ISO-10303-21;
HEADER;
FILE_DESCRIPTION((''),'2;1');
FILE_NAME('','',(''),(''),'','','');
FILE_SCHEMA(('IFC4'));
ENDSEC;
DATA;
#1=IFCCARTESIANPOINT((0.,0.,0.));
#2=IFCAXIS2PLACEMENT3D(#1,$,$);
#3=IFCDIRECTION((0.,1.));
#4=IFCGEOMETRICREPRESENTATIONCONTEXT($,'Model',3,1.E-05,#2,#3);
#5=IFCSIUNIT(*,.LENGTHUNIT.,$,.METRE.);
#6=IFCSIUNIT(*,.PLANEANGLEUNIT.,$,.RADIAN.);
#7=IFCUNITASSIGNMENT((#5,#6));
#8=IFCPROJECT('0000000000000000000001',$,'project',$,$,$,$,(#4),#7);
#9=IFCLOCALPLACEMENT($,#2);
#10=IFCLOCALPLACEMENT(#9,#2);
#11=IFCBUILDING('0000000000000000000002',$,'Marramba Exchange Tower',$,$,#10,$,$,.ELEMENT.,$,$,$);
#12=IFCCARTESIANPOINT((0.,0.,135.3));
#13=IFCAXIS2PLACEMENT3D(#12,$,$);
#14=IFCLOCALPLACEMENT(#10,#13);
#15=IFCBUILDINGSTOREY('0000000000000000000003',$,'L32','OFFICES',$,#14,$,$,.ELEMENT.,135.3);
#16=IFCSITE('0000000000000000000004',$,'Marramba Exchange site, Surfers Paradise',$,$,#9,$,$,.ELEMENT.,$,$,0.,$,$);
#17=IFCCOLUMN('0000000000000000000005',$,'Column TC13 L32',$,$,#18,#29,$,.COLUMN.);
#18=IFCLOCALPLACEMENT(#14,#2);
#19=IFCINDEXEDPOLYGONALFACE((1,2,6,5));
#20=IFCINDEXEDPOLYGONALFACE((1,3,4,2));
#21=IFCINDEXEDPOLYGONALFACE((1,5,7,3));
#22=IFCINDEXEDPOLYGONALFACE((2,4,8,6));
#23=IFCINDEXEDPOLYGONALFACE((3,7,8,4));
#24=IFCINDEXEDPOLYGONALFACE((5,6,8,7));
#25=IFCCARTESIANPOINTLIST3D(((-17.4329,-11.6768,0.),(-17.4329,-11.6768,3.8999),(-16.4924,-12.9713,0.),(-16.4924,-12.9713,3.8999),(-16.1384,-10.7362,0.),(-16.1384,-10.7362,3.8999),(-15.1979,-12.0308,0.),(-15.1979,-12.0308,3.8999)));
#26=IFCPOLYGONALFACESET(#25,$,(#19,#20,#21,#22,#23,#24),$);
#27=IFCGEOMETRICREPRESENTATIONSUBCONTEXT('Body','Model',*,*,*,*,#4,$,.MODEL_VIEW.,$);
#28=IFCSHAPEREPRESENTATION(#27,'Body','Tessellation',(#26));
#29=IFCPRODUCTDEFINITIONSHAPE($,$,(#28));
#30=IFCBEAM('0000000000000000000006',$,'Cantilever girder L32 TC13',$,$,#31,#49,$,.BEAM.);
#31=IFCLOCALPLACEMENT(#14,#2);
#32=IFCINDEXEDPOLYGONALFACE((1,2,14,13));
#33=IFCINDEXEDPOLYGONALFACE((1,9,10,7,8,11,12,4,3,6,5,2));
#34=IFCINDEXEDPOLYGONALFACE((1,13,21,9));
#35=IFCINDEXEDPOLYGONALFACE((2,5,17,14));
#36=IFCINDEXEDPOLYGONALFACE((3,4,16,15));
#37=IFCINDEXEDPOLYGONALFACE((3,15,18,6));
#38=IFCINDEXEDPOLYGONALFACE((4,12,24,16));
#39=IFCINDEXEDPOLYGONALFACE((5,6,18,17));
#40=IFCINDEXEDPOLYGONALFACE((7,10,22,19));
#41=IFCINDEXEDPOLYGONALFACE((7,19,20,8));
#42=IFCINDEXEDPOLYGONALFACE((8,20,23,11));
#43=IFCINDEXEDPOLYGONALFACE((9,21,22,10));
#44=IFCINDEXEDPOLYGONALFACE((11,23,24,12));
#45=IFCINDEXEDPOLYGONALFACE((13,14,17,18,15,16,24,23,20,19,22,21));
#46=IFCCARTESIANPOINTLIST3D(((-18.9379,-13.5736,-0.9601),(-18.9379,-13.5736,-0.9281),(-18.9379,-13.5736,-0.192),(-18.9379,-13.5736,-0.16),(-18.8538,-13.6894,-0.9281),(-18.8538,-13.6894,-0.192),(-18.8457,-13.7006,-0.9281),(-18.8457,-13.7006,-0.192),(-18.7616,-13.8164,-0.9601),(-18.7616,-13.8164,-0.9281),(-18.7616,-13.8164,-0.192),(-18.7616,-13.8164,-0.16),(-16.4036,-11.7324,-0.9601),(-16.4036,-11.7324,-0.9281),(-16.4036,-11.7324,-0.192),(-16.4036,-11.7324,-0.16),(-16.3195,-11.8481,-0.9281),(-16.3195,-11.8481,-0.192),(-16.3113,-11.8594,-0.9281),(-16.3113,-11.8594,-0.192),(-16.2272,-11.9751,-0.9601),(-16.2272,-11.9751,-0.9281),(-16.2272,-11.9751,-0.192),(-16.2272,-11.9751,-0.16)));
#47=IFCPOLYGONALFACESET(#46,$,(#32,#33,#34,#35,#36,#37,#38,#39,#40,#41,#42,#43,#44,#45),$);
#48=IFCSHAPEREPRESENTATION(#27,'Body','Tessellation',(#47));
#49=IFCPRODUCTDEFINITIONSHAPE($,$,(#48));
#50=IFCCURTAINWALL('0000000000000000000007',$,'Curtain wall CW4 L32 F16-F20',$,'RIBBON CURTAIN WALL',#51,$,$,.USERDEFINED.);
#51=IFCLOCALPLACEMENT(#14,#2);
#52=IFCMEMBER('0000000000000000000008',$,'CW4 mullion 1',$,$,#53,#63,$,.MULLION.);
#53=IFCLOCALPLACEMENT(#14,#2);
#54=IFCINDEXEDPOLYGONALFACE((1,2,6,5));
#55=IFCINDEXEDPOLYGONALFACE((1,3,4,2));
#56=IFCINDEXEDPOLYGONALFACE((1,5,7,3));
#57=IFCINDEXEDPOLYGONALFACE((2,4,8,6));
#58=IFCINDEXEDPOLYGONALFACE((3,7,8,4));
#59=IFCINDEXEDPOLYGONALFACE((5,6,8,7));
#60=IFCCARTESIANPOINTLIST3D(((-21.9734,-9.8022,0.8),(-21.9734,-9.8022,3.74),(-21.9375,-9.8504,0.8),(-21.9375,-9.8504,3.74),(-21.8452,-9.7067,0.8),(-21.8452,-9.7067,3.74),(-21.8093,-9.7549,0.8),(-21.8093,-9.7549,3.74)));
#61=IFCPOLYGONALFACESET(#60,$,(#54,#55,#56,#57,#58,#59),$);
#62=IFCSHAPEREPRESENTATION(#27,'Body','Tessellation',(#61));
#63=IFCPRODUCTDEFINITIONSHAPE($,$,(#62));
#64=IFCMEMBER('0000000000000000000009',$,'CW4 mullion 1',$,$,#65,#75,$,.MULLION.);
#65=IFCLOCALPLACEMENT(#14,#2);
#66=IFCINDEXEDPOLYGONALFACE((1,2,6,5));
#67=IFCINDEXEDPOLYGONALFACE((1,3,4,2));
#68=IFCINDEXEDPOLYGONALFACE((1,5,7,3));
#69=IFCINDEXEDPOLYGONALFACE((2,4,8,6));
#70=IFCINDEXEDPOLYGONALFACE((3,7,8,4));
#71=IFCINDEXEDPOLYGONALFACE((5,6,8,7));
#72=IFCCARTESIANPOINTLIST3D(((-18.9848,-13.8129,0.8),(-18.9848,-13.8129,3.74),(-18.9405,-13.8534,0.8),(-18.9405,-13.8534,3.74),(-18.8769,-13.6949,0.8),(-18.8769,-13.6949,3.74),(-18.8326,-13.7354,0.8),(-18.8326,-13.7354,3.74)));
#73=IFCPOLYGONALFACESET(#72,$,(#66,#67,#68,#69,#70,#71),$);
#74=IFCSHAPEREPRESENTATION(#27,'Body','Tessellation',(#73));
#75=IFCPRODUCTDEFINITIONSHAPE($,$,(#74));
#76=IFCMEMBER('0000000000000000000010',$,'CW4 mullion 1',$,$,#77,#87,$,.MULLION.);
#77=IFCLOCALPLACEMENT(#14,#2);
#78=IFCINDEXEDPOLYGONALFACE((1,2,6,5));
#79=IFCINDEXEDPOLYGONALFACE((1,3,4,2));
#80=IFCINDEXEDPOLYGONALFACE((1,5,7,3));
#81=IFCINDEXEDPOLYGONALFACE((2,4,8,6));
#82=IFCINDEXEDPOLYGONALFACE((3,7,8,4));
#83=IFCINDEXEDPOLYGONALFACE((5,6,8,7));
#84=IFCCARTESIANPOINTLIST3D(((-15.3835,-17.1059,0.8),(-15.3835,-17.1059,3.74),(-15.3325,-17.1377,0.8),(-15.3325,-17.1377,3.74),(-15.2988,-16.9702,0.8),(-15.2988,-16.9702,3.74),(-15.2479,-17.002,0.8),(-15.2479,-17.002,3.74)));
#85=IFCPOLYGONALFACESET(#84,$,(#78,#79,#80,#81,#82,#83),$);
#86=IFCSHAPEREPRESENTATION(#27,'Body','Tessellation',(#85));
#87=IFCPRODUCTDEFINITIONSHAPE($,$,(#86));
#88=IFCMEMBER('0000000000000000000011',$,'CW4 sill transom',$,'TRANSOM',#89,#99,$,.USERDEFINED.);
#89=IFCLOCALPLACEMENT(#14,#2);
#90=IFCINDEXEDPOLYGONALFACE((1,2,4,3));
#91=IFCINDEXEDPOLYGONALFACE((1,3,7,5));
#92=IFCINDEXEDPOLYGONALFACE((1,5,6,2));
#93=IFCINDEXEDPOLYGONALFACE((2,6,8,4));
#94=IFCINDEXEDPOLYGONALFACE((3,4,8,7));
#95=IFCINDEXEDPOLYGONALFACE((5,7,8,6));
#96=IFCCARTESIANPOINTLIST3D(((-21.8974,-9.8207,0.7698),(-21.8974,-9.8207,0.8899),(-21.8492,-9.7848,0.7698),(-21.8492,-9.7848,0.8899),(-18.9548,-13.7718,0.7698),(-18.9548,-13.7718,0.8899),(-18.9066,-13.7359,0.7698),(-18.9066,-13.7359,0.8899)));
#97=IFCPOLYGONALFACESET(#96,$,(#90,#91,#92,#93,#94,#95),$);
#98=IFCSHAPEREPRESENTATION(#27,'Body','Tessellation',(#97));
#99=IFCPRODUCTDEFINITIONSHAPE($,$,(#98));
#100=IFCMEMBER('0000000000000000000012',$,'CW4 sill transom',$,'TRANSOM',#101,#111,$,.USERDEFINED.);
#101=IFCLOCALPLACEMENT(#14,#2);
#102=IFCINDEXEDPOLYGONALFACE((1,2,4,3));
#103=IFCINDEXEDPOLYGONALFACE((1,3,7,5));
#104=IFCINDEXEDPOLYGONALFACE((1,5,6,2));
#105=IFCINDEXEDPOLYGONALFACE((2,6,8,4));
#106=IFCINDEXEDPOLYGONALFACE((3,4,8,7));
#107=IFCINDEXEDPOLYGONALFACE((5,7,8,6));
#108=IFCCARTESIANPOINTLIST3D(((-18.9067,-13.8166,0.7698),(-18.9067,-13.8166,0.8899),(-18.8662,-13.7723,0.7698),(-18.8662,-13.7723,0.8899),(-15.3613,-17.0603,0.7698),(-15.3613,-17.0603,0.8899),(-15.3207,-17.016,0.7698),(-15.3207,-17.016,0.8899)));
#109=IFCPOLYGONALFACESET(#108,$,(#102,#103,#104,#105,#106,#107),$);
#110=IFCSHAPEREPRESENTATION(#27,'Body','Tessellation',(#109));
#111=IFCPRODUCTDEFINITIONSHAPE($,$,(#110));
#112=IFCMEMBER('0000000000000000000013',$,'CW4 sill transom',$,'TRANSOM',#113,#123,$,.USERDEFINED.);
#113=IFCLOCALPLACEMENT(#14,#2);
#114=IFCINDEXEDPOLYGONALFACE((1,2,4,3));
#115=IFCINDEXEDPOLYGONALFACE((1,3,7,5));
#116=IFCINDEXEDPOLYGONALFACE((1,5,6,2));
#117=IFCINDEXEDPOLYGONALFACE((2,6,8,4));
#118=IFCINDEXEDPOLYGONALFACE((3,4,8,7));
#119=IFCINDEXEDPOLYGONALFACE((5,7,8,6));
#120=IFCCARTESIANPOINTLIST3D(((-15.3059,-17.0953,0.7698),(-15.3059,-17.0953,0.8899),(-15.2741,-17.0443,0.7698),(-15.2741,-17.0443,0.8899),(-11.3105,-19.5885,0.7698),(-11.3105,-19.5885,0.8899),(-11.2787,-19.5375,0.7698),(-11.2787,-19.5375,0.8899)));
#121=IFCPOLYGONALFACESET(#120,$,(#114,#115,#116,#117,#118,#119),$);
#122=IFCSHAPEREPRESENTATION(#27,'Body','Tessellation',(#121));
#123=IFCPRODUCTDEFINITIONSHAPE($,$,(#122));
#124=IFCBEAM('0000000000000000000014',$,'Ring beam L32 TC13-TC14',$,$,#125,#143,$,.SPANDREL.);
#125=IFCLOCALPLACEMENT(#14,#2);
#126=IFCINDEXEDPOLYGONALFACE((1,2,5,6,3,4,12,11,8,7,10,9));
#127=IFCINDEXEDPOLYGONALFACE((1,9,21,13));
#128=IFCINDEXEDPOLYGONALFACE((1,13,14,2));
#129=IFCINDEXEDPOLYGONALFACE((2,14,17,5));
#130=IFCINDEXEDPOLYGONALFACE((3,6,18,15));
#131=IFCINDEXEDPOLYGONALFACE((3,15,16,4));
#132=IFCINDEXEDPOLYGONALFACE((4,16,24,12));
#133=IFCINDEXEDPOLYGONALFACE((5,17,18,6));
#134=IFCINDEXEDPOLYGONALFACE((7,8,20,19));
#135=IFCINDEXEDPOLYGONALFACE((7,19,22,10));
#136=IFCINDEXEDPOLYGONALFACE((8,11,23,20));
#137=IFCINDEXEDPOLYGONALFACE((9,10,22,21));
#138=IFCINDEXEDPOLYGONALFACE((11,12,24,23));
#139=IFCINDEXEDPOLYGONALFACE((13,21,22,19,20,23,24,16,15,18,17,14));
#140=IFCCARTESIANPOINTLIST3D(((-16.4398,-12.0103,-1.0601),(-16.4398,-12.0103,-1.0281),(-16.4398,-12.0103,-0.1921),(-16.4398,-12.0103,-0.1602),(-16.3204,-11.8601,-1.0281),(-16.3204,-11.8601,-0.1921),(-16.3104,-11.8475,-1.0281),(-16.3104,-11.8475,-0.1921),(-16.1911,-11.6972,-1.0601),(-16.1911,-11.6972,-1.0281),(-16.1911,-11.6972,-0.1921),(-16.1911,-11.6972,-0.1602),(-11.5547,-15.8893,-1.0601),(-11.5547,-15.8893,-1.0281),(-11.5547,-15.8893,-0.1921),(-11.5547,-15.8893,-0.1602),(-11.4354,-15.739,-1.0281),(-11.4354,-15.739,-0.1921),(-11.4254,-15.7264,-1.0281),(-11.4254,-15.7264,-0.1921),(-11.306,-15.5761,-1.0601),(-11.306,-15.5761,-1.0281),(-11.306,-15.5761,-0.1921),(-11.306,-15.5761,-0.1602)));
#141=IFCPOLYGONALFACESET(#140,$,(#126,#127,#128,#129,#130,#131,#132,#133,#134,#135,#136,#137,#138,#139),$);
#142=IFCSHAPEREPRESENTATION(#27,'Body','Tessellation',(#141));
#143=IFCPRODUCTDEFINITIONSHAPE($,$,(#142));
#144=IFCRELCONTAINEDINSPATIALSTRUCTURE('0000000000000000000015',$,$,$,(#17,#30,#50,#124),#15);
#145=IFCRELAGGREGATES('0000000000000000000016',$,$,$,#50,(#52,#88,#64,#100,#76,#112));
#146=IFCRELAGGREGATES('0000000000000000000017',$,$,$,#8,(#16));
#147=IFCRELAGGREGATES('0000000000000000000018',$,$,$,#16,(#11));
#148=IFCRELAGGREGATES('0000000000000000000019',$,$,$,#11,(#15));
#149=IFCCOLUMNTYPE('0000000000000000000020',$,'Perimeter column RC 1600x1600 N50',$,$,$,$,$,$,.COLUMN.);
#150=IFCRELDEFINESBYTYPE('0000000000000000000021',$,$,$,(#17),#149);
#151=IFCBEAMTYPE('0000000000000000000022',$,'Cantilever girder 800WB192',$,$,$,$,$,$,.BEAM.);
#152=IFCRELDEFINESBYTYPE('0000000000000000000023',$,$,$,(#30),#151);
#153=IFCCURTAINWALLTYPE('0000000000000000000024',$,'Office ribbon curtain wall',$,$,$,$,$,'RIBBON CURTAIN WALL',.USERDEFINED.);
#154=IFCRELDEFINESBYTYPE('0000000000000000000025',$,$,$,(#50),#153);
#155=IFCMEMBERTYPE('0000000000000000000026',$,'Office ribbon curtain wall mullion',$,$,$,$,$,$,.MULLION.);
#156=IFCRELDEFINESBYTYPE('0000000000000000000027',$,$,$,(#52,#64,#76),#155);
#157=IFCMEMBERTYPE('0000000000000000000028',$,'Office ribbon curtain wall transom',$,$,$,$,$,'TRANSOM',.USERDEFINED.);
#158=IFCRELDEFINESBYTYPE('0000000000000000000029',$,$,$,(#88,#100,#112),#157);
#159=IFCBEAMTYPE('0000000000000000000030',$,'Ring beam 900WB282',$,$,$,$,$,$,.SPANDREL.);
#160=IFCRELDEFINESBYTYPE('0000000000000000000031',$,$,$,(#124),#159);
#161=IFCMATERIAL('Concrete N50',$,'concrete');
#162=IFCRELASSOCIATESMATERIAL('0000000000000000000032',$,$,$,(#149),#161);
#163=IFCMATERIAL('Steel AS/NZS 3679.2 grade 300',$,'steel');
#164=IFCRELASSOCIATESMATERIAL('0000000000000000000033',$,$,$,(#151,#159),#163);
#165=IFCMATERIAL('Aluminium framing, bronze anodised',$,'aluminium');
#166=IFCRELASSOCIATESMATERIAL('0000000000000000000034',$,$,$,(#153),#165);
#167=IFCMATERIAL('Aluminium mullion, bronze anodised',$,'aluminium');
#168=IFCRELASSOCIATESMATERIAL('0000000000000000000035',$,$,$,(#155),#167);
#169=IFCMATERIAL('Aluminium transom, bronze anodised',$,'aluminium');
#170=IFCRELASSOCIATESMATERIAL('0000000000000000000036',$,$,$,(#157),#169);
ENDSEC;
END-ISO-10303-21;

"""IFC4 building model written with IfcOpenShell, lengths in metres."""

from ifc_helpers import new_model, si_unit, direction, frame, origin, origin_2d, place, context, subcontext, project, spatial, rectangle, i_section, extrude, material, material_profile, profile_set, type_object, element, aggregate, save


model = new_model("IFC4")

# Units and contexts
model_context = context("Model", 3, precision=1e-05, world=origin(), true_north=direction((0.0, 1.0)))
body_context = subcontext(model_context, "Body", "Model", "MODEL_VIEW")
ifc_project = project(units=[si_unit("LENGTHUNIT", "METRE"), si_unit("PLANEANGLEUNIT", "RADIAN")], contexts=[model_context])

# Site, building, storey
site_placement = place(None, origin())
site = spatial("IfcSite", under=ifc_project, at=site_placement, Name="Marramba Exchange site, Surfers Paradise", CompositionType="ELEMENT", RefElevation=0.0)
building_placement = place(site_placement, origin())
building = spatial("IfcBuilding", under=site, at=building_placement, Name="Marramba Exchange Tower", CompositionType="ELEMENT")
storey_placement = place(building_placement, frame((0.0, 0.0, 135.3)))
storey = spatial("IfcBuildingStorey", under=building, at=storey_placement, Name="L32", Description="OFFICES", CompositionType="ELEMENT", Elevation=135.3)

# Column
ifc_material_1 = material(Name="Concrete N50", Category="concrete")
ifc_material_profile_1 = material_profile(ifc_material_1, rectangle(XDim=1.6001, YDim=1.6001, at=origin_2d()), Name="RC 1600x1600")
ifc_profile_set_1 = profile_set([ifc_material_profile_1], Name="Concrete N50")
column_type = type_object("IfcColumnType", Name="Perimeter column RC 1600x1600 N50", PredefinedType="COLUMN", material=ifc_profile_set_1)
column_placement = place(storey_placement, frame((-16.3154, -11.8538, 0.0), z_axis=(0.0, 0.0, 1.0), x_axis=(-0.809017, -0.587785, 0.0)))
element("IfcColumn", 1, at=column_placement, inside=storey, type_object=column_type, Name="Column TC13 L32", PredefinedType="COLUMN", context=body_context, shape_type="SweptSolid", body=[
    extrude(rectangle(XDim=1.6001, YDim=1.6001, at=origin_2d()), origin(), (0.0, 0.0, 1.0), 3.8999),
])

# Beam
ifc_material_2 = material(Name="Steel AS/NZS 3679.2 grade 300", Category="steel")
ifc_material_profile_2 = material_profile(ifc_material_2, i_section(OverallWidth=0.3, OverallDepth=0.8, WebThickness=0.0139, FlangeThickness=0.032, at=origin_2d()), Name="800WB192")
ifc_profile_set_2 = profile_set([ifc_material_profile_2], Name="Steel AS/NZS 3679.2 grade 300")
beam_type_1 = type_object("IfcBeamType", Name="Cantilever girder 800WB192", PredefinedType="BEAM", material=ifc_profile_set_2)
beam_1_placement = place(storey_placement, frame((-16.3154, -11.8538, -0.5601), z_axis=(-0.809026, -0.587773, 0.0), x_axis=(0.587773, -0.809026, 0.0)))
element("IfcBeam", 2, at=beam_1_placement, inside=storey, type_object=beam_type_1, Name="Cantilever girder L32 TC13", PredefinedType="BEAM", context=body_context, shape_type="SweptSolid", body=[
    extrude(i_section(OverallWidth=0.3, OverallDepth=0.8, WebThickness=0.0139, FlangeThickness=0.032, at=origin_2d()), origin(), (0.0, 0.0, 1.0), 3.1326),
])

# Curtain wall, members
ifc_material_3 = material(Name="Aluminium framing, bronze anodised", Category="aluminium")
curtain_wall_type = type_object("IfcCurtainWallType", Name="Office ribbon curtain wall", ElementType="RIBBON CURTAIN WALL", PredefinedType="USERDEFINED", material=ifc_material_3)
curtain_wall_placement = place(storey_placement, origin())
curtain_wall = element("IfcCurtainWall", 3, at=curtain_wall_placement, inside=storey, type_object=curtain_wall_type, Name="Curtain wall CW4 L32 F16-F20", ObjectType="RIBBON CURTAIN WALL", PredefinedType="USERDEFINED")
ifc_material_4 = material(Name="Aluminium mullion, bronze anodised", Category="aluminium")
ifc_material_profile_3 = material_profile(ifc_material_4, rectangle(XDim=0.1599, YDim=0.0601, at=origin_2d()), Name="CW4 mullion 60x160")
ifc_profile_set_3 = profile_set([ifc_material_profile_3], Name="Aluminium mullion, bronze anodised")
member_type_1 = type_object("IfcMemberType", Name="Office ribbon curtain wall mullion", PredefinedType="MULLION", material=ifc_profile_set_3)
member_1_placement = place(storey_placement, frame((-21.8914, -9.7786, 0.8), z_axis=(0.0, 0.0, 1.0), x_axis=(0.802014, 0.597305, 0.0)))
member_1 = element("IfcMember", 4, at=member_1_placement, type_object=member_type_1, Name="CW4 mullion 1", PredefinedType="MULLION", context=body_context, shape_type="SweptSolid", body=[
    extrude(rectangle(XDim=0.1599, YDim=0.0601, at=origin_2d()), origin(), (0.0, 0.0, 1.0), 2.9399),
])
member_2_placement = place(storey_placement, frame((-18.9087, -13.7742, 0.8), z_axis=(0.0, 0.0, 1.0), x_axis=(0.674995, 0.737822, 0.0)))
member_2 = element("IfcMember", 5, at=member_2_placement, type_object=member_type_1, Name="CW4 mullion 1", PredefinedType="MULLION", context=body_context, shape_type="SweptSolid", body=[
    extrude(rectangle(XDim=0.1599, YDim=0.0601, at=origin_2d()), origin(), (0.0, 0.0, 1.0), 2.9399),
])
member_3_placement = place(storey_placement, frame((-15.3157, -17.054, 0.8), z_axis=(0.0, 0.0, 1.0), x_axis=(0.529428, 0.848355, 0.0)))
member_3 = element("IfcMember", 6, at=member_3_placement, type_object=member_type_1, Name="CW4 mullion 1", PredefinedType="MULLION", context=body_context, shape_type="SweptSolid", body=[
    extrude(rectangle(XDim=0.1599, YDim=0.0601, at=origin_2d()), origin(), (0.0, 0.0, 1.0), 2.9399),
])
ifc_material_5 = material(Name="Aluminium transom, bronze anodised", Category="aluminium")
ifc_material_profile_4 = material_profile(ifc_material_5, rectangle(XDim=0.0601, YDim=0.1201, at=origin_2d()), Name="CW4 transom 60x120")
ifc_profile_set_4 = profile_set([ifc_material_profile_4], Name="Aluminium transom, bronze anodised")
member_type_2 = type_object("IfcMemberType", Name="Office ribbon curtain wall transom", ElementType="TRANSOM", PredefinedType="USERDEFINED", material=ifc_profile_set_4)
member_4_placement = place(storey_placement, frame((-21.8733, -9.8027, 0.8298), z_axis=(0.597301, -0.802017, 0.0), x_axis=(0.802017, 0.597301, 0.0)))
member_4 = element("IfcMember", 7, at=member_4_placement, type_object=member_type_2, Name="CW4 sill transom", ObjectType="TRANSOM", PredefinedType="USERDEFINED", context=body_context, shape_type="SweptSolid", body=[
    extrude(rectangle(XDim=0.0601, YDim=0.1201, at=origin_2d()), origin(), (0.0, 0.0, 1.0), 4.9265),
])
member_5_placement = place(storey_placement, frame((-18.8865, -13.7944, 0.8298), z_axis=(0.737808, -0.675011, 0.0), x_axis=(0.675011, 0.737808, 0.0)))
member_5 = element("IfcMember", 8, at=member_5_placement, type_object=member_type_2, Name="CW4 sill transom", ObjectType="TRANSOM", PredefinedType="USERDEFINED", context=body_context, shape_type="SweptSolid", body=[
    extrude(rectangle(XDim=0.0601, YDim=0.1201, at=origin_2d()), origin(), (0.0, 0.0, 1.0), 4.8054),
])
member_6_placement = place(storey_placement, frame((-15.29, -17.0698, 0.8298), z_axis=(0.848374, -0.529398, 0.0), x_axis=(0.529398, 0.848374, 0.0)))
member_6 = element("IfcMember", 9, at=member_6_placement, type_object=member_type_2, Name="CW4 sill transom", ObjectType="TRANSOM", PredefinedType="USERDEFINED", context=body_context, shape_type="SweptSolid", body=[
    extrude(rectangle(XDim=0.0601, YDim=0.1201, at=origin_2d()), origin(), (0.0, 0.0, 1.0), 4.7095),
])

# Beam
ifc_material_profile_5 = material_profile(ifc_material_2, i_section(OverallWidth=0.3999, OverallDepth=0.8999, WebThickness=0.0161, FlangeThickness=0.032, at=origin_2d()), Name="900WB282")
ifc_profile_set_5 = profile_set([ifc_material_profile_5], Name="Steel AS/NZS 3679.2 grade 300")
beam_type_2 = type_object("IfcBeamType", Name="Ring beam 900WB282", PredefinedType="SPANDREL", material=ifc_profile_set_5)
beam_2_placement = place(storey_placement, frame((-16.3154, -11.8538, -0.6101), z_axis=(0.783139, -0.621846, 0.0), x_axis=(0.621846, 0.783139, 0.0)))
element("IfcBeam", 10, at=beam_2_placement, inside=storey, type_object=beam_type_2, Name="Ring beam L32 TC13-TC14", PredefinedType="SPANDREL", context=body_context, shape_type="SweptSolid", body=[
    extrude(i_section(OverallWidth=0.3999, OverallDepth=0.8999, WebThickness=0.0161, FlangeThickness=0.032, at=origin_2d()), origin(), (0.0, 0.0, 1.0), 6.2378),
])

aggregate(curtain_wall, [member_1, member_4, member_2, member_5, member_3, member_6])

save(model, "model.ifc")
